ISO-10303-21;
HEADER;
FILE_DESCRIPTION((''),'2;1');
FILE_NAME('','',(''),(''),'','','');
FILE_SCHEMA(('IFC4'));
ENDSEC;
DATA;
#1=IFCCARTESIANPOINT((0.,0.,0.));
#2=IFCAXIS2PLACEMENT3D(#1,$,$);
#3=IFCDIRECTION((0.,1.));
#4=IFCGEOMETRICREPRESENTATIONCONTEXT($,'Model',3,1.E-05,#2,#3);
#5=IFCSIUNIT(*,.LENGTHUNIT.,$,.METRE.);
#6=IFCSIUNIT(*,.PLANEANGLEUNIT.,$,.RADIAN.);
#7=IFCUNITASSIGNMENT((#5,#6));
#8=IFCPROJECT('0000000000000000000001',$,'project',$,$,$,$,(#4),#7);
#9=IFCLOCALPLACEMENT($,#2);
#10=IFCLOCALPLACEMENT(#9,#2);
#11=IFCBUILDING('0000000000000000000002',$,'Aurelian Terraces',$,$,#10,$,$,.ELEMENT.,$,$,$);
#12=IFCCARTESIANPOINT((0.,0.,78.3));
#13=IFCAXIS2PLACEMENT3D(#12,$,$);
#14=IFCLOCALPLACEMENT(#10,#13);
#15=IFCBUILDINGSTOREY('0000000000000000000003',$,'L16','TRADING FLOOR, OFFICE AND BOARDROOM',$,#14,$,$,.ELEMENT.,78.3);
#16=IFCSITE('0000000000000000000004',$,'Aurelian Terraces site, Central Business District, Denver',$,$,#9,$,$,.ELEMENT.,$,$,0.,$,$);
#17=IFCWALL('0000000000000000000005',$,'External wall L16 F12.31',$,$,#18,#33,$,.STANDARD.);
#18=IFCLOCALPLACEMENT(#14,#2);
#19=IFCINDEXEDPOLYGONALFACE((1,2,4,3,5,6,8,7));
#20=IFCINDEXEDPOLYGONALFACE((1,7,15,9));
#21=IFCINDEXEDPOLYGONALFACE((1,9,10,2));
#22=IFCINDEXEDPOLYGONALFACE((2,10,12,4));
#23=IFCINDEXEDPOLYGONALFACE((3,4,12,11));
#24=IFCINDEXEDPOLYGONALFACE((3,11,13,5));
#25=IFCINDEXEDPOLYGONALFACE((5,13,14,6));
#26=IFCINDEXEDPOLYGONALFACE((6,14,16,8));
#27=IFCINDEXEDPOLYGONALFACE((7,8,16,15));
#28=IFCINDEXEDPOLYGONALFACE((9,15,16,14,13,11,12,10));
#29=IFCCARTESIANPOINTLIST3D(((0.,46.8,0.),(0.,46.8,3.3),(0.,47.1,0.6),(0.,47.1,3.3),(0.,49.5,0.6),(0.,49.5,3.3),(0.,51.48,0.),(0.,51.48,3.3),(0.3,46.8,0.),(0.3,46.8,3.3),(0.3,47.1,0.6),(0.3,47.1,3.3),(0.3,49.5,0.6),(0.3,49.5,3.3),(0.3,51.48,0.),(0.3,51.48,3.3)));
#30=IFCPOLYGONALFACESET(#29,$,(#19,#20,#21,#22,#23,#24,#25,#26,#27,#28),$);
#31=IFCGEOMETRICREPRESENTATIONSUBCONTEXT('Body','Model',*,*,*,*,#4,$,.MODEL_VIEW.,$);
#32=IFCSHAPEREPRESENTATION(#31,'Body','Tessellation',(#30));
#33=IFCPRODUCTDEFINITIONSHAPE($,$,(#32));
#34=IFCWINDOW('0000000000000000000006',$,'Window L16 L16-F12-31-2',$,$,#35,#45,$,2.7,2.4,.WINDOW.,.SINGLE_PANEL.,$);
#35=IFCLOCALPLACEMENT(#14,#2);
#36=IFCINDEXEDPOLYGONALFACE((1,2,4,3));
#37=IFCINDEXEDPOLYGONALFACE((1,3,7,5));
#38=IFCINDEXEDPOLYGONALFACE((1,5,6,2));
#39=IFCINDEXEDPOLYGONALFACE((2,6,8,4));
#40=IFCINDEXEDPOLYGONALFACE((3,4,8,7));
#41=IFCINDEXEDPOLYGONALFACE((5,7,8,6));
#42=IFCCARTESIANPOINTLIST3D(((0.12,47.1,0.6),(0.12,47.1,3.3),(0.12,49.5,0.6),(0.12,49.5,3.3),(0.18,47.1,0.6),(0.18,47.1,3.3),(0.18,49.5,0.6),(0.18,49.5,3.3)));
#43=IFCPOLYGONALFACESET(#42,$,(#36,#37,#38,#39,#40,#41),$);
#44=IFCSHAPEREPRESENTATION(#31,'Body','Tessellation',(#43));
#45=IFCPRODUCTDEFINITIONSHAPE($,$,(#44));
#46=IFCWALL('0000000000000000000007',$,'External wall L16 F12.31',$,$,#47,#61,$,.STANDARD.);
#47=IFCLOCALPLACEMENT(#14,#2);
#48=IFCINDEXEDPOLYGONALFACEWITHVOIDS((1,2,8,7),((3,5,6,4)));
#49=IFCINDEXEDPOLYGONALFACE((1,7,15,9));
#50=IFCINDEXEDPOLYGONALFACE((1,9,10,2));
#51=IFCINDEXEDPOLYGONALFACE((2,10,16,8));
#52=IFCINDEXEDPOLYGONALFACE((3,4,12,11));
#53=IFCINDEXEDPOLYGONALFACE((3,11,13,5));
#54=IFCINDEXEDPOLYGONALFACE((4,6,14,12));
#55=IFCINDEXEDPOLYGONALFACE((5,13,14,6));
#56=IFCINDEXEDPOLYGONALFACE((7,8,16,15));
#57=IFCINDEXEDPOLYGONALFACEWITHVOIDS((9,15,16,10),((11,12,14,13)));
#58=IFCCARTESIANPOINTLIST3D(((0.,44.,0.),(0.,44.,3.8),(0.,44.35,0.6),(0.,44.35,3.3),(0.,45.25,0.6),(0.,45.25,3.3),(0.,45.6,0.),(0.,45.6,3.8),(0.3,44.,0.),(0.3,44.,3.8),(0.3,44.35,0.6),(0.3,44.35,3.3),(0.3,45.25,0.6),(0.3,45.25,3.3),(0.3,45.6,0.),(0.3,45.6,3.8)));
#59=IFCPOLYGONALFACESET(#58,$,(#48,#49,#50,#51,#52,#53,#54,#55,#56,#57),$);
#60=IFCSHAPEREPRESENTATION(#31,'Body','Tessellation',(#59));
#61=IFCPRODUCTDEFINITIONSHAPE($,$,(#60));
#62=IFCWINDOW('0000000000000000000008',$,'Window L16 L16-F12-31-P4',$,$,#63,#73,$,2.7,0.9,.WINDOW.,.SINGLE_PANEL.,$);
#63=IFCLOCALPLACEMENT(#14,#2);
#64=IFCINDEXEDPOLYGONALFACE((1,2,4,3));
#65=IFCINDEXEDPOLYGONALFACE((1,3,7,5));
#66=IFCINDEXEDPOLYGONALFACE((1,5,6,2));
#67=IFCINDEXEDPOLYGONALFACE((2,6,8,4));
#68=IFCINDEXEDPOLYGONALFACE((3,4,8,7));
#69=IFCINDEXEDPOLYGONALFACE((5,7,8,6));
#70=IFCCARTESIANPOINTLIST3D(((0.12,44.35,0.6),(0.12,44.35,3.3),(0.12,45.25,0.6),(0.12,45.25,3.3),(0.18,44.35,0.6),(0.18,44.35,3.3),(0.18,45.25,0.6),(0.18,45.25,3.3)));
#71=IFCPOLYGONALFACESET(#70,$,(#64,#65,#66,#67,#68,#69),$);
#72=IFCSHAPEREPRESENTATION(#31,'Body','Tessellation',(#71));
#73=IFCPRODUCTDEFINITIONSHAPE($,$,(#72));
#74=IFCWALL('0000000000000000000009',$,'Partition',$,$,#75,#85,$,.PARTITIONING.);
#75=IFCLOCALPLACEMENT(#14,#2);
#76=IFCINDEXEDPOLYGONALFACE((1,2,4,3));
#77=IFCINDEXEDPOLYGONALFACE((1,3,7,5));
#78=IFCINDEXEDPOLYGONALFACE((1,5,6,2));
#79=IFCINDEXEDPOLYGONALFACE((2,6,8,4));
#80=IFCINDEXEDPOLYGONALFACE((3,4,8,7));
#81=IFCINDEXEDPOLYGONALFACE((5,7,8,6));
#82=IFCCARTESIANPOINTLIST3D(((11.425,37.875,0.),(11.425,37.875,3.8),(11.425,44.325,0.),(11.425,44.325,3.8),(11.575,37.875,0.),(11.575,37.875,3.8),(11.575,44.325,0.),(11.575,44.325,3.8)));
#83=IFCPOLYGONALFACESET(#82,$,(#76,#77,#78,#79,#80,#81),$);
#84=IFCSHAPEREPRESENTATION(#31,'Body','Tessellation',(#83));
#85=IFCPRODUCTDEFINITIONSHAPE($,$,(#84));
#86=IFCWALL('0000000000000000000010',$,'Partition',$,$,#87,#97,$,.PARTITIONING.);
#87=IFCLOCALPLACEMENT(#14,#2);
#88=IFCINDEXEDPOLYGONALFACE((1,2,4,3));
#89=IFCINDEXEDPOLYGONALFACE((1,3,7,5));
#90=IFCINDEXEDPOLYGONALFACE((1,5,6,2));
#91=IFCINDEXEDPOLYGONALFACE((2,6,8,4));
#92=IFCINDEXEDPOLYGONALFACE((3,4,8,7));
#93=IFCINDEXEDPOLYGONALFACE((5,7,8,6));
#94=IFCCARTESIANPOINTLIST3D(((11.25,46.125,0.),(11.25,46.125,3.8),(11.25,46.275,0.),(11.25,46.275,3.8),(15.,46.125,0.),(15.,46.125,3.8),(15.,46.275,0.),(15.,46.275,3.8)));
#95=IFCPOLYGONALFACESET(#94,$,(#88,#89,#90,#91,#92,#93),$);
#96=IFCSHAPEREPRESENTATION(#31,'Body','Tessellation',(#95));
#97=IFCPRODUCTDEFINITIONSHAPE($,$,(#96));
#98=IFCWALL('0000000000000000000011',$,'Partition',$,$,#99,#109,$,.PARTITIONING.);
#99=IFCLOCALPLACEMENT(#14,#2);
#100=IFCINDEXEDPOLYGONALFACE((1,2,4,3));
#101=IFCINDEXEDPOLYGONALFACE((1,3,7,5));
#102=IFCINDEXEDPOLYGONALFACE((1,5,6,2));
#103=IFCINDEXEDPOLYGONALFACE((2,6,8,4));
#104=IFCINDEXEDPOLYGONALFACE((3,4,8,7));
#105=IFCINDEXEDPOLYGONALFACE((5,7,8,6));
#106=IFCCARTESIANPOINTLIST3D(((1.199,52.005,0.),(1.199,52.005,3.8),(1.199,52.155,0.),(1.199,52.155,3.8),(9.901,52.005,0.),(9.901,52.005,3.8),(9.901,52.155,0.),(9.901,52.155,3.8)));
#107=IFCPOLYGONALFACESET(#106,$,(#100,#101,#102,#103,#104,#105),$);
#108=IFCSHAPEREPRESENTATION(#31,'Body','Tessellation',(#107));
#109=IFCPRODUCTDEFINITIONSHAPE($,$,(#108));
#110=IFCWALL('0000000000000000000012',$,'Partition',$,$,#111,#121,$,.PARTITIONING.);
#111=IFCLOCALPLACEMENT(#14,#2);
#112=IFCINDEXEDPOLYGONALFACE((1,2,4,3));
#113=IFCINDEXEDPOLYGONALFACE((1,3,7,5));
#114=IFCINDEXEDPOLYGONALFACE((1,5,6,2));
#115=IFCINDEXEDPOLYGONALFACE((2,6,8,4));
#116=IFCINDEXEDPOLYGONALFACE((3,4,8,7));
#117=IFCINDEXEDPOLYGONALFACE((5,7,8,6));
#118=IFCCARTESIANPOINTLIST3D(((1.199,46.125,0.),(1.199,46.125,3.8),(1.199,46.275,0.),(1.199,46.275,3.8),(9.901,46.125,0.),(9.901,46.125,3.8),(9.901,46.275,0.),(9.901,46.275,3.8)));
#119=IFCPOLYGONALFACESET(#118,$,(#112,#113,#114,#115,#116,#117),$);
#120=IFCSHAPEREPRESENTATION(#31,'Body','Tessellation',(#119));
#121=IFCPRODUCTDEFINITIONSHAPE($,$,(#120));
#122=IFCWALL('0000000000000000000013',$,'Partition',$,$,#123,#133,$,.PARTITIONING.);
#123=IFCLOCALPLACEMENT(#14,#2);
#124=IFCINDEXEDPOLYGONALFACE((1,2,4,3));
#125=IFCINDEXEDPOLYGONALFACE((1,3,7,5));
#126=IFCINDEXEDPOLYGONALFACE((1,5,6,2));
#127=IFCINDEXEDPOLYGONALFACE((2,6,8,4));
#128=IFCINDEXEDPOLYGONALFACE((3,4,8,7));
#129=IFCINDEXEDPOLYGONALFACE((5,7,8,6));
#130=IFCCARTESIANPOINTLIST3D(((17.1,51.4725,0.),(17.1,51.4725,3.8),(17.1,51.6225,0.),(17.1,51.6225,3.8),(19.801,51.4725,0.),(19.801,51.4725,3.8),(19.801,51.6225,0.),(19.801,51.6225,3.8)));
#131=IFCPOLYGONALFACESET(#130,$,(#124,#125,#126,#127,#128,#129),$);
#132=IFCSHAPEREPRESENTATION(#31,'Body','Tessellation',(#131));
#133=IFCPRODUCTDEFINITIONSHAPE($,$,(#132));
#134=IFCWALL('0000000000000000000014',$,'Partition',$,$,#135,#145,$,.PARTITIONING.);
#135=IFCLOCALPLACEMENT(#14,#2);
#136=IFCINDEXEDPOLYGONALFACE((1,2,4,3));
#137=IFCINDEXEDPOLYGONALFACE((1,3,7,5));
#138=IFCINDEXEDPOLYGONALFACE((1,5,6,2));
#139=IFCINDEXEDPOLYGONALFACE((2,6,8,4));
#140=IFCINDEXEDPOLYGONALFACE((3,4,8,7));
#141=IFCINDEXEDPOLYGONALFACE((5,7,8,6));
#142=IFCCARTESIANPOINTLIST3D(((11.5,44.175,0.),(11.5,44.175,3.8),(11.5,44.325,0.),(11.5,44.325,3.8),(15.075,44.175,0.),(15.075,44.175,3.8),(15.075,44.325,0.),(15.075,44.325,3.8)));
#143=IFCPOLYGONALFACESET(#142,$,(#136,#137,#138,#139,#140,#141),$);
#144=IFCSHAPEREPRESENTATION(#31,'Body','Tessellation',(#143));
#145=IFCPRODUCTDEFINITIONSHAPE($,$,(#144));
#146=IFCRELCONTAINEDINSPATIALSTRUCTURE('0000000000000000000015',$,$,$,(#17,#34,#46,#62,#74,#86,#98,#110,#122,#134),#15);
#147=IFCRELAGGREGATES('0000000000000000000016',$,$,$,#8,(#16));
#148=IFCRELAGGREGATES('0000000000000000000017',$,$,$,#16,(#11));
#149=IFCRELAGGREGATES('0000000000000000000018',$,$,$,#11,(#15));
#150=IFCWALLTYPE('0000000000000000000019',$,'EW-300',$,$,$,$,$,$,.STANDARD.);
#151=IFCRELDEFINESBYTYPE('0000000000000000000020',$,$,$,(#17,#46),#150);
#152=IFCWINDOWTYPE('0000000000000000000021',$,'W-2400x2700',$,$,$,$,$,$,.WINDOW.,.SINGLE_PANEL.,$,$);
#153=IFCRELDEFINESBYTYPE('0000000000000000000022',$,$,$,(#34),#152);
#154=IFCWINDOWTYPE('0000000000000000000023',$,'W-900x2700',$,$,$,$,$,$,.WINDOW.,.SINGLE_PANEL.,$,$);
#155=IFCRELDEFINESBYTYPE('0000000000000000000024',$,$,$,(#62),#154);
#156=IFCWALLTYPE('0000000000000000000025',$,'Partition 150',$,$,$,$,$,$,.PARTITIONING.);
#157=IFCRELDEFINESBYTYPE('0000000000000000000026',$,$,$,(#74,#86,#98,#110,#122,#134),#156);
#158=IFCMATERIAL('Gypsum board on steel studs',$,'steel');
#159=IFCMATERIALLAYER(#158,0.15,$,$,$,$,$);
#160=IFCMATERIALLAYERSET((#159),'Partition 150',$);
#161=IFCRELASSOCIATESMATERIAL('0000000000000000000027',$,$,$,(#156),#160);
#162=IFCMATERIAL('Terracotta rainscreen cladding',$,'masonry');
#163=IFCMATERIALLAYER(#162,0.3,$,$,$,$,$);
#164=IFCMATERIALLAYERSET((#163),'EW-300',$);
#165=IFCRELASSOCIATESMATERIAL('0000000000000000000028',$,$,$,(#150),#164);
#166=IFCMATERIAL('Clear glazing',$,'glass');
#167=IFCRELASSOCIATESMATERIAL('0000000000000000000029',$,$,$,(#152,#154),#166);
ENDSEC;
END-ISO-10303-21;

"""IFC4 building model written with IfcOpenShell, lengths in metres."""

from ifc_helpers import new_model, si_unit, direction, frame, frame_2d, origin, place, context, subcontext, project, spatial, rectangle, extrude, source, transform, mapped, material, layer, layer_set, type_object, element, fill, save


model = new_model("IFC4")

# Units and contexts
model_context = context("Model", 3, precision=1e-05, world=origin(), true_north=direction((0.0, 1.0)))
body_context = subcontext(model_context, "Body", "Model", "MODEL_VIEW")
ifc_project = project(units=[si_unit("LENGTHUNIT", "METRE"), si_unit("PLANEANGLEUNIT", "RADIAN")], contexts=[model_context])

# Site, building, storey
site_placement = place(None, origin())
site = spatial("IfcSite", under=ifc_project, at=site_placement, Name="Aurelian Terraces site, Central Business District, Denver", CompositionType="ELEMENT", RefElevation=0.0)
building_placement = place(site_placement, origin())
building = spatial("IfcBuilding", under=site, at=building_placement, Name="Aurelian Terraces", CompositionType="ELEMENT")
storey_placement = place(building_placement, frame((0.0, 0.0, 78.3)))
storey = spatial("IfcBuildingStorey", under=building, at=storey_placement, Name="L16", Description="TRADING FLOOR, OFFICE AND BOARDROOM", CompositionType="ELEMENT", Elevation=78.3)

# Shared definitions
ifc_material_1 = material(Name="Gypsum board on steel studs", Category="steel")
ifc_layer_1 = layer(ifc_material_1, 0.15)
ifc_layer_set_1 = layer_set([ifc_layer_1], Name="Partition 150")
wall_type_1 = type_object("IfcWallType", Name="Partition 150", PredefinedType="PARTITIONING", material=ifc_layer_set_1)

# Walls, openings, windows
ifc_material_2 = material(Name="Terracotta rainscreen cladding", Category="masonry")
ifc_layer_2 = layer(ifc_material_2, 0.3)
ifc_layer_set_2 = layer_set([ifc_layer_2], Name="EW-300")
wall_type_2 = type_object("IfcWallType", Name="EW-300", PredefinedType="STANDARD", material=ifc_layer_set_2)
shared_shape_1 = source(origin(), body_context, "Body", "SweptSolid", [
    extrude(rectangle(XDim=4.68, YDim=0.3, at=frame_2d((2.34, 0.0))), origin(), (0.0, 0.0, 1.0), 3.3),
])
wall_1_placement = place(storey_placement, frame((0.15, 51.48, 0.0), z_axis=(0.0, 0.0, 1.0), x_axis=(0.0, -1.0, 0.0)))
wall_1 = element("IfcWall", 1, at=wall_1_placement, inside=storey, type_object=wall_type_2, Name="External wall L16 F12.31", PredefinedType="STANDARD", context=body_context, shape_type="MappedRepresentation", body=[
    mapped(shared_shape_1, transform((0.0, 0.0, 0.0), scale=1.0)),
])
shared_shape_2 = source(origin(), body_context, "Body", "SweptSolid", [
    extrude(rectangle(XDim=2.4, YDim=2.7, at=frame_2d((1.2, 1.35))), frame((0.0, 0.16, 0.0), z_axis=(0.0, -1.0, 0.0), x_axis=(1.0, 0.0, 0.0)), (0.0, 0.0, 1.0), 0.32),
])
opening_1_placement = place(wall_1_placement, frame((1.98, 0.0, 0.6)))
opening_1 = element("IfcOpeningElement", 2, at=opening_1_placement, cuts=wall_1, PredefinedType="OPENING", context=body_context, shape_type="MappedRepresentation", body=[
    mapped(shared_shape_2, transform((0.0, 0.0, 0.0), scale=1.0)),
])
ifc_material_3 = material(Name="Clear glazing", Category="glass")
window_type_1 = type_object("IfcWindowType", Name="W-2400x2700", PartitioningType="SINGLE_PANEL", PredefinedType="WINDOW", material=ifc_material_3)
shared_shape_3 = source(origin(), body_context, "Body", "SweptSolid", [
    extrude(rectangle(XDim=2.4, YDim=2.7, at=frame_2d((1.2, 1.35))), frame((0.0, 0.03, 0.0), z_axis=(0.0, -1.0, 0.0), x_axis=(1.0, 0.0, 0.0)), (0.0, 0.0, 1.0), 0.06),
])
window_1_placement = place(opening_1_placement, origin())
window_1 = element("IfcWindow", 3, at=window_1_placement, inside=storey, type_object=window_type_1, Name="Window L16 L16-F12-31-2", OverallHeight=2.7, OverallWidth=2.4, PartitioningType="SINGLE_PANEL", PredefinedType="WINDOW", context=body_context, shape_type="MappedRepresentation", body=[
    mapped(shared_shape_3, transform((0.0, 0.0, 0.0), scale=1.0)),
])
fill(opening_1, window_1)
shared_shape_4 = source(origin(), body_context, "Body", "SweptSolid", [
    extrude(rectangle(XDim=1.6, YDim=0.3, at=frame_2d((0.8, 0.0))), origin(), (0.0, 0.0, 1.0), 3.8),
])
wall_2_placement = place(storey_placement, frame((0.15, 45.6, 0.0), z_axis=(0.0, 0.0, 1.0), x_axis=(0.0, -1.0, 0.0)))
wall_2 = element("IfcWall", 4, at=wall_2_placement, inside=storey, type_object=wall_type_2, Name="External wall L16 F12.31", PredefinedType="STANDARD", context=body_context, shape_type="MappedRepresentation", body=[
    mapped(shared_shape_4, transform((0.0, 0.0, 0.0), scale=1.0)),
])
shared_shape_5 = source(origin(), body_context, "Body", "SweptSolid", [
    extrude(rectangle(XDim=0.9, YDim=2.7, at=frame_2d((0.45, 1.35))), frame((0.0, 0.16, 0.0), z_axis=(0.0, -1.0, 0.0), x_axis=(1.0, 0.0, 0.0)), (0.0, 0.0, 1.0), 0.32),
])
opening_2_placement = place(wall_2_placement, frame((0.35, 0.0, 0.6)))
opening_2 = element("IfcOpeningElement", 5, at=opening_2_placement, cuts=wall_2, PredefinedType="OPENING", context=body_context, shape_type="MappedRepresentation", body=[
    mapped(shared_shape_5, transform((0.0, 0.0, 0.0), scale=1.0)),
])
window_type_2 = type_object("IfcWindowType", Name="W-900x2700", PartitioningType="SINGLE_PANEL", PredefinedType="WINDOW", material=ifc_material_3)
shared_shape_6 = source(origin(), body_context, "Body", "SweptSolid", [
    extrude(rectangle(XDim=0.9, YDim=2.7, at=frame_2d((0.45, 1.35))), frame((0.0, 0.03, 0.0), z_axis=(0.0, -1.0, 0.0), x_axis=(1.0, 0.0, 0.0)), (0.0, 0.0, 1.0), 0.06),
])
window_2_placement = place(opening_2_placement, origin())
window_2 = element("IfcWindow", 6, at=window_2_placement, inside=storey, type_object=window_type_2, Name="Window L16 L16-F12-31-P4", OverallHeight=2.7, OverallWidth=0.9, PartitioningType="SINGLE_PANEL", PredefinedType="WINDOW", context=body_context, shape_type="MappedRepresentation", body=[
    mapped(shared_shape_6, transform((0.0, 0.0, 0.0), scale=1.0)),
])
fill(opening_2, window_2)

# Walls
shared_shape_7 = source(origin(), body_context, "Body", "SweptSolid", [
    extrude(rectangle(XDim=6.45, YDim=0.15, at=frame_2d((3.225, 0.0))), origin(), (0.0, 0.0, 1.0), 3.8),
])
wall_3_placement = place(storey_placement, frame((11.5, 44.325, 0.0), z_axis=(0.0, 0.0, 1.0), x_axis=(0.0, -1.0, 0.0)))
element("IfcWall", 7, at=wall_3_placement, inside=storey, type_object=wall_type_1, Name="Partition", PredefinedType="PARTITIONING", context=body_context, shape_type="MappedRepresentation", body=[
    mapped(shared_shape_7, transform((0.0, 0.0, 0.0), scale=1.0)),
])
shared_shape_8 = source(origin(), body_context, "Body", "SweptSolid", [
    extrude(rectangle(XDim=3.75, YDim=0.15, at=frame_2d((1.875, 0.0))), origin(), (0.0, 0.0, 1.0), 3.8),
])
wall_4_placement = place(storey_placement, frame((15.0, 46.2, 0.0), z_axis=(0.0, 0.0, 1.0), x_axis=(-1.0, 0.0, 0.0)))
element("IfcWall", 8, at=wall_4_placement, inside=storey, type_object=wall_type_1, Name="Partition", PredefinedType="PARTITIONING", context=body_context, shape_type="MappedRepresentation", body=[
    mapped(shared_shape_8, transform((0.0, 0.0, 0.0), scale=1.0)),
])
shared_shape_9 = source(origin(), body_context, "Body", "SweptSolid", [
    extrude(rectangle(XDim=8.702, YDim=0.15, at=frame_2d((4.351, 0.0))), origin(), (0.0, 0.0, 1.0), 3.8),
])
for number, where, z_axis, x_axis, name in (
    (9, (9.901, 52.08, 0.0), (0.0, 0.0, 1.0), (-1.0, 0.0, 0.0), "Partition"),
    (10, (9.901, 46.2, 0.0), (0.0, 0.0, 1.0), (-1.0, 0.0, 0.0), "Partition"),
):
    element("IfcWall", number, at=place(storey_placement, frame(where, z_axis=z_axis, x_axis=x_axis)), inside=storey, type_object=wall_type_1, Name=name, PredefinedType="PARTITIONING", context=body_context, shape_type="MappedRepresentation", body=[
        mapped(shared_shape_9, transform((0.0, 0.0, 0.0), scale=1.0)),
    ])
shared_shape_10 = source(origin(), body_context, "Body", "SweptSolid", [
    extrude(rectangle(XDim=2.701, YDim=0.15, at=frame_2d((1.3505, 0.0))), origin(), (0.0, 0.0, 1.0), 3.8),
])
wall_5_placement = place(storey_placement, frame((17.1, 51.5475, 0.0), z_axis=(0.0, 0.0, 1.0), x_axis=(1.0, 0.0, 0.0)))
element("IfcWall", 11, at=wall_5_placement, inside=storey, type_object=wall_type_1, Name="Partition", PredefinedType="PARTITIONING", context=body_context, shape_type="MappedRepresentation", body=[
    mapped(shared_shape_10, transform((0.0, 0.0, 0.0), scale=1.0)),
])
shared_shape_11 = source(origin(), body_context, "Body", "SweptSolid", [
    extrude(rectangle(XDim=3.575, YDim=0.15, at=frame_2d((1.7875, 0.0))), origin(), (0.0, 0.0, 1.0), 3.8),
])
wall_6_placement = place(storey_placement, frame((15.075, 44.25, 0.0), z_axis=(0.0, 0.0, 1.0), x_axis=(-1.0, 0.0, 0.0)))
element("IfcWall", 12, at=wall_6_placement, inside=storey, type_object=wall_type_1, Name="Partition", PredefinedType="PARTITIONING", context=body_context, shape_type="MappedRepresentation", body=[
    mapped(shared_shape_11, transform((0.0, 0.0, 0.0), scale=1.0)),
])

save(model, "model.ifc")
